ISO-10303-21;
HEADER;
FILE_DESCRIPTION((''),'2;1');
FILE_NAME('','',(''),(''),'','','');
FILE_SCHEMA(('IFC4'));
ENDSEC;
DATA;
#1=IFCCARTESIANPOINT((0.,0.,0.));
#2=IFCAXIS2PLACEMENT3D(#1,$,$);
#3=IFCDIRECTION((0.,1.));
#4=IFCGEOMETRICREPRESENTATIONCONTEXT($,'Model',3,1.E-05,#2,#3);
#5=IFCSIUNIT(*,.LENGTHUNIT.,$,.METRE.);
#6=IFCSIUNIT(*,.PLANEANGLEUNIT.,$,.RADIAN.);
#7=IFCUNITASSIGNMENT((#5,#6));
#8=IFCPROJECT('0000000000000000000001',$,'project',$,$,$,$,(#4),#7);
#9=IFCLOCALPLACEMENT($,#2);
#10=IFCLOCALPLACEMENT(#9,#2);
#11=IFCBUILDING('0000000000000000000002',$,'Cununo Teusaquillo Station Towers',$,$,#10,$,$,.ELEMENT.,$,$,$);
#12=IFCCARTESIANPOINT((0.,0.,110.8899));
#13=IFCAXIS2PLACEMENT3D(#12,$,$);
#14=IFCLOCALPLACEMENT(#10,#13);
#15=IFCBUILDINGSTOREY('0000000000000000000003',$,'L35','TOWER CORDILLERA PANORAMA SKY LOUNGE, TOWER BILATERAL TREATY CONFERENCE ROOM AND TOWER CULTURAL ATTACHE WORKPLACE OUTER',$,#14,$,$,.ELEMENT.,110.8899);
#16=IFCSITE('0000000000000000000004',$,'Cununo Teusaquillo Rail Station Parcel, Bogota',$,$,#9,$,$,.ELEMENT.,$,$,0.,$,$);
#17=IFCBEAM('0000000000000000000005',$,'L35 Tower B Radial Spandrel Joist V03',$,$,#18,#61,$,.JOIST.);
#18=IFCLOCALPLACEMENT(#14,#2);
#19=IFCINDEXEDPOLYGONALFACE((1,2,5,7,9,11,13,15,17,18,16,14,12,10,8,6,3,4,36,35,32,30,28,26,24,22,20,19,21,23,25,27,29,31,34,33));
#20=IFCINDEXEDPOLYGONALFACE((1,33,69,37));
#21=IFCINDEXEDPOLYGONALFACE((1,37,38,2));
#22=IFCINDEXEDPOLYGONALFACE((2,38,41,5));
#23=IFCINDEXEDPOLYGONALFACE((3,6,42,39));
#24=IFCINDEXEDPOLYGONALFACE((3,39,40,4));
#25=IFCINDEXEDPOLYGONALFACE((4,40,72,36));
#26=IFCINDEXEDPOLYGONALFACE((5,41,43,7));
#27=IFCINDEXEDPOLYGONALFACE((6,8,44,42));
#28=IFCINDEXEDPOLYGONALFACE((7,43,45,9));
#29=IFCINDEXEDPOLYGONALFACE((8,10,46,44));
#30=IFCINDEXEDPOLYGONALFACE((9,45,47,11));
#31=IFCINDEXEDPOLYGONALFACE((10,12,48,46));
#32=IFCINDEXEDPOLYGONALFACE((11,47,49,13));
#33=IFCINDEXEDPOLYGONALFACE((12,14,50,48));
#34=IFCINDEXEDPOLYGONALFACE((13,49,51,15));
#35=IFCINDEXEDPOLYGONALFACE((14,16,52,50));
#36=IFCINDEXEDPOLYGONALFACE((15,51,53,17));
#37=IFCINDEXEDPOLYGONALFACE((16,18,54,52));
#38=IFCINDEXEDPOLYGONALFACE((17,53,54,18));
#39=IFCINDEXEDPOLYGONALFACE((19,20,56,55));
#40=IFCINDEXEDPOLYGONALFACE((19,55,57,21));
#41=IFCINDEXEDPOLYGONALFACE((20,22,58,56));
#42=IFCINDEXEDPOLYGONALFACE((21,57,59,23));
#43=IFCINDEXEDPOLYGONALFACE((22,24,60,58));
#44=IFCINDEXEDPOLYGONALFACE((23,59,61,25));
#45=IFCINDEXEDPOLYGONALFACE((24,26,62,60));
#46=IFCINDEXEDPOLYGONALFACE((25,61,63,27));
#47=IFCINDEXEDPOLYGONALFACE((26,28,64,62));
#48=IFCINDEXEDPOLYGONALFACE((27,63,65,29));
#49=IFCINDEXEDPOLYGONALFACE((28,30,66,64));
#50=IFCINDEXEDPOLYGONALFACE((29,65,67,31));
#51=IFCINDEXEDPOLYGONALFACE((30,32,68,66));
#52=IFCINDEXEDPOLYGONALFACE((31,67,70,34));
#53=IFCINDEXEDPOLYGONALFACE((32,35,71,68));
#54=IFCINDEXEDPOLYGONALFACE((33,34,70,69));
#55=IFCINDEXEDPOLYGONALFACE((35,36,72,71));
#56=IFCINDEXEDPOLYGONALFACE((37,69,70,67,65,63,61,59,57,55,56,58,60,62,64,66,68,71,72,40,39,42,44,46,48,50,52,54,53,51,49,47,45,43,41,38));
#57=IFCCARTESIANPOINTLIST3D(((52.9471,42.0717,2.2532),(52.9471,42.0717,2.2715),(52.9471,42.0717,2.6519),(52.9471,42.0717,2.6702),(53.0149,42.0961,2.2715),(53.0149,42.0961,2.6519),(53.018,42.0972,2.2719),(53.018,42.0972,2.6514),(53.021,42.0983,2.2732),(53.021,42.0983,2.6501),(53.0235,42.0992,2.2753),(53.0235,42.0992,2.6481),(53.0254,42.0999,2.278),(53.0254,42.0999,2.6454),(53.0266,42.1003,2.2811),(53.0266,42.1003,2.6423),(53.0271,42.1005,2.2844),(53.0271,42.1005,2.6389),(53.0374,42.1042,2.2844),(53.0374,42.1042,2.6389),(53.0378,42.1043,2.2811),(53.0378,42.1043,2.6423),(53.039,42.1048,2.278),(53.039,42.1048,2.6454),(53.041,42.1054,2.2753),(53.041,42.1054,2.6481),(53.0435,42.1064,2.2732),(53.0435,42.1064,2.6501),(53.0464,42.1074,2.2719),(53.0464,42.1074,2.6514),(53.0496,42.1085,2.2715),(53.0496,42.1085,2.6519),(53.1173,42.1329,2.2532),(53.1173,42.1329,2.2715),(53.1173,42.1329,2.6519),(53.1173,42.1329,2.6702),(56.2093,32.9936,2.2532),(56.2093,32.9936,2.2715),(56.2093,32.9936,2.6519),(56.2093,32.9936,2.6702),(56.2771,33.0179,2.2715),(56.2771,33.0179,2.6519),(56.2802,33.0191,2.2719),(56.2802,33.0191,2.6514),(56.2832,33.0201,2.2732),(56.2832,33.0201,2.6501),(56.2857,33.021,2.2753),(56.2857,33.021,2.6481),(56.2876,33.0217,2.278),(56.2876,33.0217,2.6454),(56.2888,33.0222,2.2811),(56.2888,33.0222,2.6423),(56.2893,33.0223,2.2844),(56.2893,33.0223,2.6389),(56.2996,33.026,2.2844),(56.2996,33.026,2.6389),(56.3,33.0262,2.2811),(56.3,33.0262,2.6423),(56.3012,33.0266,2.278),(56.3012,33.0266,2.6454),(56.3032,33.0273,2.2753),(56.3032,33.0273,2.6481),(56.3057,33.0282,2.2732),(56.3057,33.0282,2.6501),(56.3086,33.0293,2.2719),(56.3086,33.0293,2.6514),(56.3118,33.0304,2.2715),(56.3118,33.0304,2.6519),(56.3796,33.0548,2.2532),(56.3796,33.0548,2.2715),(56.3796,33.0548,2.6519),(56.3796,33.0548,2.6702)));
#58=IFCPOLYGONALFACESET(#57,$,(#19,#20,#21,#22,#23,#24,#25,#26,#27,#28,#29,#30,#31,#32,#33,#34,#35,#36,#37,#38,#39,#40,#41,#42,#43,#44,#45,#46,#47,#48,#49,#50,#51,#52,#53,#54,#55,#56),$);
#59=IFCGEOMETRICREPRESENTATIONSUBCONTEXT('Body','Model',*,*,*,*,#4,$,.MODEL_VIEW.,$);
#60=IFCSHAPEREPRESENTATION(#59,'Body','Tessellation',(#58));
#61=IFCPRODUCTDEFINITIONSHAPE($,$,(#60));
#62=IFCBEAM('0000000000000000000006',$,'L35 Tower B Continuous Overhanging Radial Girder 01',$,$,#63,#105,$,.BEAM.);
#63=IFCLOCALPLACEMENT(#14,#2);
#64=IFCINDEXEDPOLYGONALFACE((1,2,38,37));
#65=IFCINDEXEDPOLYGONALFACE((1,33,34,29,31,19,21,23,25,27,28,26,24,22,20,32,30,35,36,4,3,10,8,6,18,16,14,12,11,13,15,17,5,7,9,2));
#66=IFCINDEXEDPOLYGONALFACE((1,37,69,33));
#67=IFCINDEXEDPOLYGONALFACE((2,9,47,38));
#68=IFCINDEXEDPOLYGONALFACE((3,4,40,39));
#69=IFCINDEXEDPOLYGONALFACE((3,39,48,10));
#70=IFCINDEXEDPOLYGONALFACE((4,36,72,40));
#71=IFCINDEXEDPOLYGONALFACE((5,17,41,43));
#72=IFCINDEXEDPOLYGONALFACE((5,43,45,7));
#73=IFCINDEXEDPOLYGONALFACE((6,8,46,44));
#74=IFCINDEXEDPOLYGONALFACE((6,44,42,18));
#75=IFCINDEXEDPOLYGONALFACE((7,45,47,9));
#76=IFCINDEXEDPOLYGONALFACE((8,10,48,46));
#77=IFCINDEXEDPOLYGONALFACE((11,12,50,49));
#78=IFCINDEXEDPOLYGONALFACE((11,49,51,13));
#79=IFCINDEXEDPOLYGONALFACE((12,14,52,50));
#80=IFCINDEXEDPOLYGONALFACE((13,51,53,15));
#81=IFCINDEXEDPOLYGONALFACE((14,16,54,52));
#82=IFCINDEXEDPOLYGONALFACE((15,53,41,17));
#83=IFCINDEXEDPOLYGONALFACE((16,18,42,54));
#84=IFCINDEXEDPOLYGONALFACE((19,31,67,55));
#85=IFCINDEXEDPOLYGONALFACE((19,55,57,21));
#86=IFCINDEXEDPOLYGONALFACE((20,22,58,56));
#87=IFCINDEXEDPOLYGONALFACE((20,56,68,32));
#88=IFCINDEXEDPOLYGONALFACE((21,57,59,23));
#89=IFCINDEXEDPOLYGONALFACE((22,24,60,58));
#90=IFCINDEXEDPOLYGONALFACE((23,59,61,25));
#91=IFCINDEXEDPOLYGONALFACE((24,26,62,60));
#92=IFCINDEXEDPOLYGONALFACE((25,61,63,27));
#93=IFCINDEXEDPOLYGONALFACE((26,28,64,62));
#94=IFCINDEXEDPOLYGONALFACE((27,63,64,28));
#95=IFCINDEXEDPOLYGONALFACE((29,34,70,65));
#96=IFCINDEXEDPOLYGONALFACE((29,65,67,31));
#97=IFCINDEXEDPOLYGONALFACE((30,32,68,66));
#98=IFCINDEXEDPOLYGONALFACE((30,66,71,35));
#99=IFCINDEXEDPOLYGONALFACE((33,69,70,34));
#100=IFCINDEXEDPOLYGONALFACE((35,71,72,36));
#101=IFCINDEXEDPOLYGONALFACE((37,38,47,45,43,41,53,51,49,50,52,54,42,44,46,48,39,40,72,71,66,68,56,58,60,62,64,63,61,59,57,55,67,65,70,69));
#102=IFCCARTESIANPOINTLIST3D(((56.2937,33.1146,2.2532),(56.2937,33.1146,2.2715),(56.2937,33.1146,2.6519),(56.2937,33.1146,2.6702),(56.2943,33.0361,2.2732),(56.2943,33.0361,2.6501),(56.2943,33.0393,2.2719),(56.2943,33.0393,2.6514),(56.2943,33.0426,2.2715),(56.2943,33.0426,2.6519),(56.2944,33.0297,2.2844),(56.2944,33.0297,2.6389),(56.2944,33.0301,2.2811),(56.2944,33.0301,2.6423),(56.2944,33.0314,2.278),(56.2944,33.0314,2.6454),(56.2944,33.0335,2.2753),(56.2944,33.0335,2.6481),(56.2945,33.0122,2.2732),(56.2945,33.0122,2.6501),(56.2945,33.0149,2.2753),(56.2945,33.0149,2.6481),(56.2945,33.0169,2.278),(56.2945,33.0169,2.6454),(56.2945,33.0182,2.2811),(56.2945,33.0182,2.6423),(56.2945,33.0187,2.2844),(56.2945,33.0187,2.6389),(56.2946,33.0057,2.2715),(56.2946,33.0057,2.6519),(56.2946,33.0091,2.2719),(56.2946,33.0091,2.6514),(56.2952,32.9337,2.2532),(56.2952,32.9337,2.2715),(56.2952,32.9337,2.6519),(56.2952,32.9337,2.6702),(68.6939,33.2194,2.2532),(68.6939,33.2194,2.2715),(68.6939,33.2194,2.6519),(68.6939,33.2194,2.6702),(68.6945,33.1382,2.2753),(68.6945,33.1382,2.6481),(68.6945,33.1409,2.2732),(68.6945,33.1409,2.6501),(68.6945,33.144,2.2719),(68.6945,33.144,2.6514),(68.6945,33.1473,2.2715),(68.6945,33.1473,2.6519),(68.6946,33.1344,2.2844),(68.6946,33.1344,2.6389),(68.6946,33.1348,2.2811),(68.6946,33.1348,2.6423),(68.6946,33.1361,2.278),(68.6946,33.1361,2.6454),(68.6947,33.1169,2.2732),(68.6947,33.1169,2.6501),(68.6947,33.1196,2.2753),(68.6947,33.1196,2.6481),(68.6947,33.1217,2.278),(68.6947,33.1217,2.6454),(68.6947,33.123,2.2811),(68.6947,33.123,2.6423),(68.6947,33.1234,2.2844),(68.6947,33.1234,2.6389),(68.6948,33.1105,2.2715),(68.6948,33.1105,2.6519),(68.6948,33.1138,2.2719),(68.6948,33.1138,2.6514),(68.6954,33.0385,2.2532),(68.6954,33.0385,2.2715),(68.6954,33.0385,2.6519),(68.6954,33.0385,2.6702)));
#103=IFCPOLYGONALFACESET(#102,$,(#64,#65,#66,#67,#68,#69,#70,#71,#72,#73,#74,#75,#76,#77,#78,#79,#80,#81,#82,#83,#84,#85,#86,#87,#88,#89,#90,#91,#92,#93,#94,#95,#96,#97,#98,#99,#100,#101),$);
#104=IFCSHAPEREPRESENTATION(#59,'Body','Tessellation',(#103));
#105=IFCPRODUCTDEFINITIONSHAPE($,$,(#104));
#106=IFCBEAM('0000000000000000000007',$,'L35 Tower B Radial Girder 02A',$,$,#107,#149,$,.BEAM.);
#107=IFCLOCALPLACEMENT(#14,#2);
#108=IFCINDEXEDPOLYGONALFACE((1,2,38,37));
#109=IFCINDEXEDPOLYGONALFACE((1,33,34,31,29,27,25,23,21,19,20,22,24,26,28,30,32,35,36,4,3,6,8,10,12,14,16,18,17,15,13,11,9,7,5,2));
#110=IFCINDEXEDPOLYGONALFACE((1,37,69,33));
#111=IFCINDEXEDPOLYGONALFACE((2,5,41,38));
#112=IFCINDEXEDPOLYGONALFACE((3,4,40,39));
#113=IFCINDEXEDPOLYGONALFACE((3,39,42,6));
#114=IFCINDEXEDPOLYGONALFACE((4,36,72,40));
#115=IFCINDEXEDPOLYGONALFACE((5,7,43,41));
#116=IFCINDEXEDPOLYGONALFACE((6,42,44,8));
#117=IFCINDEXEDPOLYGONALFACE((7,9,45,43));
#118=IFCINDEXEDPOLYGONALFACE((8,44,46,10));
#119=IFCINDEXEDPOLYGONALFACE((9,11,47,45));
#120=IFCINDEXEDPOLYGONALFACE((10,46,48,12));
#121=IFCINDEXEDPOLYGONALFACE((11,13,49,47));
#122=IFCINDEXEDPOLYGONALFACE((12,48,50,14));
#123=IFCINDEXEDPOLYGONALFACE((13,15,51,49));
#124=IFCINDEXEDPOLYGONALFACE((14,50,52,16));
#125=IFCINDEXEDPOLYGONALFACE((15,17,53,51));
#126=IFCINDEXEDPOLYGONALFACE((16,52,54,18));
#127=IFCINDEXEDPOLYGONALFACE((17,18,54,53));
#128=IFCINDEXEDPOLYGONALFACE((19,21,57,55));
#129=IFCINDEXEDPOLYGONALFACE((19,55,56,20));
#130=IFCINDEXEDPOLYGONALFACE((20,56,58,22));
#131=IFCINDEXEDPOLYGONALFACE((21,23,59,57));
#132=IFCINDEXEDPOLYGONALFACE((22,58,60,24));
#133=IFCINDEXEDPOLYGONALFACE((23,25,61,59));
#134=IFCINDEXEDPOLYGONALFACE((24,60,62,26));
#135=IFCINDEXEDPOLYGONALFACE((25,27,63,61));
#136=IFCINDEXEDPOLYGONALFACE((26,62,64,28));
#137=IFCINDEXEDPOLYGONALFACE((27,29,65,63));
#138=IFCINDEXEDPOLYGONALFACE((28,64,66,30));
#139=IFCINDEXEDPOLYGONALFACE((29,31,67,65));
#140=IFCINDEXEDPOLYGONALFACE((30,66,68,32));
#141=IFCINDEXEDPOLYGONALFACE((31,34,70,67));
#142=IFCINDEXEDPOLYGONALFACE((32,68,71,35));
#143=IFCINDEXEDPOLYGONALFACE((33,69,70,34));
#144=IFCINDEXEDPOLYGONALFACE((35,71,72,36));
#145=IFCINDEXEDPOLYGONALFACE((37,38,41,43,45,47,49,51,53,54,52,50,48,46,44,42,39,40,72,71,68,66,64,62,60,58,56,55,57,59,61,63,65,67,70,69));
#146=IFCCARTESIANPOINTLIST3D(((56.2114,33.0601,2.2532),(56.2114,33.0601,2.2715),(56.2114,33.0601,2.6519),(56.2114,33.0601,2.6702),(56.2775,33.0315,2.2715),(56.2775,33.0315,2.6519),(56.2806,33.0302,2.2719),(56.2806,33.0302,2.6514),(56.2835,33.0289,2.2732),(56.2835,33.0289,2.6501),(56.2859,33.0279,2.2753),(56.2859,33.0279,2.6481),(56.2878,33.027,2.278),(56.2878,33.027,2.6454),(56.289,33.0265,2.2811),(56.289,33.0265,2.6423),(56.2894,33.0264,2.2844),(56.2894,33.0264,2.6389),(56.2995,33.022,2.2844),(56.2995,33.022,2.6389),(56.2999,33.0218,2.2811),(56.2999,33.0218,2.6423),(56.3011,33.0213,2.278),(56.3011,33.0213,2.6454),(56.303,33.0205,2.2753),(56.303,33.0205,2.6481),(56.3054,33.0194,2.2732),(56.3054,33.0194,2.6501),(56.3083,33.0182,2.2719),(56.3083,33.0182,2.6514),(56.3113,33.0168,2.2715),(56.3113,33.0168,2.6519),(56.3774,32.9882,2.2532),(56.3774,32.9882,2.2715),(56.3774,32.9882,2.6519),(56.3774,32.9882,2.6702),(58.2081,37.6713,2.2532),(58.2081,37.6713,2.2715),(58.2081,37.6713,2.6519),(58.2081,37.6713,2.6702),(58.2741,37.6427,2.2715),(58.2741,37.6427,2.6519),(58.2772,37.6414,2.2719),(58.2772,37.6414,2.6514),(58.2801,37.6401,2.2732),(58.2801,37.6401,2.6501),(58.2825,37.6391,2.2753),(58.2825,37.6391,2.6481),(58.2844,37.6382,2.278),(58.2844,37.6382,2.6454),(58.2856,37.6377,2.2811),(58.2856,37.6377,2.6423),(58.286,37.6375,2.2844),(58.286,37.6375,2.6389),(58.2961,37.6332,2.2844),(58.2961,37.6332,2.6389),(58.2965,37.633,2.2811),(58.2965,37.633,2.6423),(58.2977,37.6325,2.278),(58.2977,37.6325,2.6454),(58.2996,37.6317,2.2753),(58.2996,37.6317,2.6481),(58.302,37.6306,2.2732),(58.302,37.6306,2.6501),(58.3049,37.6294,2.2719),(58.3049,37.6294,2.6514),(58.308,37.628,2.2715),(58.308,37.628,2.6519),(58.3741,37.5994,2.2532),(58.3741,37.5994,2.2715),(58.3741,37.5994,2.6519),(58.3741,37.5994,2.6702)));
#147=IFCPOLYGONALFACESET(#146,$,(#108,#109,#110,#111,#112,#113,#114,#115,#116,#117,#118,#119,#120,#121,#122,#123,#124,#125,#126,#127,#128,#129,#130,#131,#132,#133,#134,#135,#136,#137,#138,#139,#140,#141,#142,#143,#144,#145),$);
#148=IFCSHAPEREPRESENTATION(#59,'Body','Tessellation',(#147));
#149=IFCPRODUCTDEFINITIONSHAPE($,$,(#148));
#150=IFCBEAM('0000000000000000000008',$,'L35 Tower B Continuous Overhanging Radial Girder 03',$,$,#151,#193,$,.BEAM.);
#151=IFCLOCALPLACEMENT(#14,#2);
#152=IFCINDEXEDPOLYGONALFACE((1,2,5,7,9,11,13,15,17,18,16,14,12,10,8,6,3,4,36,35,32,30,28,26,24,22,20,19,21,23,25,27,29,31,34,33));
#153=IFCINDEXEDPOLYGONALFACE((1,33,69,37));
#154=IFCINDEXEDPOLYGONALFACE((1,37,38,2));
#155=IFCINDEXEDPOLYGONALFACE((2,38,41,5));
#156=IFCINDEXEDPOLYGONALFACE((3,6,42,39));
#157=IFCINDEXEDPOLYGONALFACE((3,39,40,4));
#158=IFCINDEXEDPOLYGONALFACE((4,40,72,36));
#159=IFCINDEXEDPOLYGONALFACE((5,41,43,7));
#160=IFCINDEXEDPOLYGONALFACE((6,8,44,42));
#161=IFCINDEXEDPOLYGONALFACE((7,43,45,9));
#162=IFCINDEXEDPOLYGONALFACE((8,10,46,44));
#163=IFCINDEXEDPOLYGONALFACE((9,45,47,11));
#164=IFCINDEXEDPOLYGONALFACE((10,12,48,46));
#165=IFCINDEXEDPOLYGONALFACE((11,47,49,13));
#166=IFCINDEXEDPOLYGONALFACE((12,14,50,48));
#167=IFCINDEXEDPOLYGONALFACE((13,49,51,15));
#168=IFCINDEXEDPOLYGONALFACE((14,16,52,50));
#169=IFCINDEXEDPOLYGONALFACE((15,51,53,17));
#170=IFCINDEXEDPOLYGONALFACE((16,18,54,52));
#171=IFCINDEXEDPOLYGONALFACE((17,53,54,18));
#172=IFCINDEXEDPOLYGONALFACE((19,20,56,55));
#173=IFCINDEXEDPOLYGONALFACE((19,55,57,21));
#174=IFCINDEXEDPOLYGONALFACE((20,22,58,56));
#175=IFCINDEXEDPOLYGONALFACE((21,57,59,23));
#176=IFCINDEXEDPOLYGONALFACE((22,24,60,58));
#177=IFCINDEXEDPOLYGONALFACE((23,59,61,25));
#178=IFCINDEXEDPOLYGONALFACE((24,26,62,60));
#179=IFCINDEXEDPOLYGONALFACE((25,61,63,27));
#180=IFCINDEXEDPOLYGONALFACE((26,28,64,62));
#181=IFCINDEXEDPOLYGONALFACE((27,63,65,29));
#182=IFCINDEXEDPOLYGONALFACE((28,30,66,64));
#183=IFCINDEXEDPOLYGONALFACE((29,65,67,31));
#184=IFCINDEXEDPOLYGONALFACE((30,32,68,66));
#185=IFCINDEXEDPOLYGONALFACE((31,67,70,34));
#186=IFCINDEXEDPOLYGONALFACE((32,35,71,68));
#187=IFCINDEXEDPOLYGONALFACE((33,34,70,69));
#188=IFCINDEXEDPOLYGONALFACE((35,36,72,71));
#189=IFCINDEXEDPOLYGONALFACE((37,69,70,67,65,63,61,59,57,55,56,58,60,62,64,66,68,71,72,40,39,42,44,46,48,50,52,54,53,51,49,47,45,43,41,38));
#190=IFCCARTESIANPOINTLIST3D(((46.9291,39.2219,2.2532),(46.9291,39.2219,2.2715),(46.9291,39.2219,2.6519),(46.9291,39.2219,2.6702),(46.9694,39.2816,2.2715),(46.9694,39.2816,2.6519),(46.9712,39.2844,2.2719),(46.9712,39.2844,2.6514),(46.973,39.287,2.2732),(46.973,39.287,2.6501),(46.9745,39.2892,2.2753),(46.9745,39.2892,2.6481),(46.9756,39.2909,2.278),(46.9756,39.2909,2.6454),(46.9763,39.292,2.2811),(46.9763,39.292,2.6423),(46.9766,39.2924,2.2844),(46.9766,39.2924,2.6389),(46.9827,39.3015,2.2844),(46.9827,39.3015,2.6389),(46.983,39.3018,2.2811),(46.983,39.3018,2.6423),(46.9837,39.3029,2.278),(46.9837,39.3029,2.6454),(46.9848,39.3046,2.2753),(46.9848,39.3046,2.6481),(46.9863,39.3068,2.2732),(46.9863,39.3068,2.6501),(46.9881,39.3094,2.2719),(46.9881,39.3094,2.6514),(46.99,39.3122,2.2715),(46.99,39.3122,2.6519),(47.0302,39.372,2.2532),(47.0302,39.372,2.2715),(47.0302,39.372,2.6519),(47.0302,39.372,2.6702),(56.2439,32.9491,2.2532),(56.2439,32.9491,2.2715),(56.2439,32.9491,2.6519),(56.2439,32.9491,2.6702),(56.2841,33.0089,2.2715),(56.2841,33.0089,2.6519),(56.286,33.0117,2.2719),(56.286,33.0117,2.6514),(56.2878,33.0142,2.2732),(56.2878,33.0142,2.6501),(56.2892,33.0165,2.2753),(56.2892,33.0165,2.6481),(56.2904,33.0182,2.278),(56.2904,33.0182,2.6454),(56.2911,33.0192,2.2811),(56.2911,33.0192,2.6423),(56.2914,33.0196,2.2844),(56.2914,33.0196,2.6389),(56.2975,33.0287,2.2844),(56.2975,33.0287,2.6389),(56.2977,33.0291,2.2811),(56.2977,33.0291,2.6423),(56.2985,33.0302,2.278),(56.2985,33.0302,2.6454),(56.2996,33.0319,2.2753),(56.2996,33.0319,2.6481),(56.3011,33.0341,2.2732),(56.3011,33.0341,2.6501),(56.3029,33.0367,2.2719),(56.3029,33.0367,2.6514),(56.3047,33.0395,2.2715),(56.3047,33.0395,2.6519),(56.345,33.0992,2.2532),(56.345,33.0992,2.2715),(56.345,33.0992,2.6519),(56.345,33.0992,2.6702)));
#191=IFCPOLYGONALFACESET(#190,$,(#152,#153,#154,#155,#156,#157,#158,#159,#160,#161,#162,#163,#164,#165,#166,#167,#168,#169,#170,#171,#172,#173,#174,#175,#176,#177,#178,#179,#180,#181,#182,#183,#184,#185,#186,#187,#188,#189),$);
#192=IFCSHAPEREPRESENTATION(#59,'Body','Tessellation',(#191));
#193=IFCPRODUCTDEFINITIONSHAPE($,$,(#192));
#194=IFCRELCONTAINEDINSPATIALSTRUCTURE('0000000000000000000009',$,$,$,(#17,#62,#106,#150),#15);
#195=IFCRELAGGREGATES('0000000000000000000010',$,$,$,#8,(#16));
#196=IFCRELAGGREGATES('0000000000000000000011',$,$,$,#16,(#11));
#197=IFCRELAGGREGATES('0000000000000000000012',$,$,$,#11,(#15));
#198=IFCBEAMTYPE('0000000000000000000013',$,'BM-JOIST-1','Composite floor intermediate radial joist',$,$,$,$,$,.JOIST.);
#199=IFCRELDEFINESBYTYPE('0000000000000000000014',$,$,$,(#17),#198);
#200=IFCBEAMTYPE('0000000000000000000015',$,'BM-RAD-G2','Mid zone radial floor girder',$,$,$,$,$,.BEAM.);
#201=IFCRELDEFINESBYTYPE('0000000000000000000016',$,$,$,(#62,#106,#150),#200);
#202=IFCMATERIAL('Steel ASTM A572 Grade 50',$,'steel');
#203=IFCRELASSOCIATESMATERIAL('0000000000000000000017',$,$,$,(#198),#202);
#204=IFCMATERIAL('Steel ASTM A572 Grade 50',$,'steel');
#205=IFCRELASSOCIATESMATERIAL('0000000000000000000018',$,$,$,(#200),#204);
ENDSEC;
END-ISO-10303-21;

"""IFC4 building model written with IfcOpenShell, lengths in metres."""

from ifc_helpers import new_model, si_unit, direction, frame, origin, origin_2d, place, context, subcontext, project, spatial, i_section, extrude, material, material_profile, profile_set, type_object, element, save


model = new_model("IFC4")

# Units and contexts
model_context = context("Model", 3, precision=1e-05, world=origin(), true_north=direction((0.0, 1.0)))
body_context = subcontext(model_context, "Body", "Model", "MODEL_VIEW")
ifc_project = project(units=[si_unit("LENGTHUNIT", "METRE"), si_unit("PLANEANGLEUNIT", "RADIAN")], contexts=[model_context])

# Site, building, storey
site_placement = place(None, origin())
site = spatial("IfcSite", under=ifc_project, at=site_placement, Name="Cununo Teusaquillo Rail Station Parcel, Bogota", CompositionType="ELEMENT", RefElevation=0.0)
building_placement = place(site_placement, origin())
building = spatial("IfcBuilding", under=site, at=building_placement, Name="Cununo Teusaquillo Station Towers", CompositionType="ELEMENT")
storey_placement = place(building_placement, frame((0.0, 0.0, 110.8899)))
storey = spatial("IfcBuildingStorey", under=building, at=storey_placement, Name="L35", Description="TOWER CORDILLERA PANORAMA SKY LOUNGE, TOWER BILATERAL TREATY CONFERENCE ROOM AND TOWER CULTURAL ATTACHE WORKPLACE OUTER", CompositionType="ELEMENT", Elevation=110.8899)

# Beams
ifc_material_1 = material(Name="Steel ASTM A572 Grade 50", Category="steel")
ifc_material_profile_1 = material_profile(ifc_material_1, i_section(OverallWidth=0.1809, OverallDepth=0.417, WebThickness=0.011, FlangeThickness=0.0183, FilletRadius=0.0129, at=origin_2d()), Name="W16X57")
ifc_profile_set_1 = profile_set([ifc_material_profile_1], Name="Steel ASTM A572 Grade 50")
beam_type_1 = type_object("IfcBeamType", Name="BM-JOIST-1", Description="Composite floor intermediate radial joist", PredefinedType="JOIST", material=ifc_profile_set_1)
beam_1_placement = place(storey_placement, frame((56.2944, 33.0242, 2.4617), z_axis=(-0.338176, 0.941083, 0.0), x_axis=(-0.941083, -0.338176, 0.0)))
element("IfcBeam", 1, at=beam_1_placement, inside=storey, type_object=beam_type_1, Name="L35 Tower B Radial Spandrel Joist V03", PredefinedType="JOIST", context=body_context, shape_type="SweptSolid", body=[
    extrude(i_section(OverallWidth=0.1809, OverallDepth=0.417, WebThickness=0.011, FlangeThickness=0.0183, FilletRadius=0.0129, at=origin_2d()), origin(), (0.0, 0.0, 1.0), 9.6465),
])
ifc_material_2 = material(Name="Steel ASTM A572 Grade 50", Category="steel")
ifc_material_profile_2 = material_profile(ifc_material_2, i_section(OverallWidth=0.1809, OverallDepth=0.417, WebThickness=0.011, FlangeThickness=0.0183, FilletRadius=0.0129, at=origin_2d()), Name="W16X57")
ifc_profile_set_2 = profile_set([ifc_material_profile_2], Name="Steel ASTM A572 Grade 50")
beam_type_2 = type_object("IfcBeamType", Name="BM-RAD-G2", Description="Mid zone radial floor girder", PredefinedType="BEAM", material=ifc_profile_set_2)
beam_2_placement = place(storey_placement, frame((56.2944, 33.0242, 2.4617), z_axis=(0.999964, 0.008446, 0.0), x_axis=(-0.008446, 0.999964, 0.0)))
element("IfcBeam", 2, at=beam_2_placement, inside=storey, type_object=beam_type_2, Name="L35 Tower B Continuous Overhanging Radial Girder 01", PredefinedType="BEAM", context=body_context, shape_type="SweptSolid", body=[
    extrude(i_section(OverallWidth=0.1809, OverallDepth=0.417, WebThickness=0.011, FlangeThickness=0.0183, FilletRadius=0.0129, at=origin_2d()), origin(), (0.0, 0.0, 1.0), 12.4006),
])
beam_3_placement = place(storey_placement, frame((56.2944, 33.0242, 2.4617), z_axis=(0.397347, 0.917668, 0.0), x_axis=(-0.917668, 0.397347, 0.0)))
element("IfcBeam", 3, at=beam_3_placement, inside=storey, type_object=beam_type_2, Name="L35 Tower B Radial Girder 02A", PredefinedType="BEAM", context=body_context, shape_type="SweptSolid", body=[
    extrude(i_section(OverallWidth=0.1809, OverallDepth=0.417, WebThickness=0.011, FlangeThickness=0.0183, FilletRadius=0.0129, at=origin_2d()), origin(), (0.0, 0.0, 1.0), 5.0249),
])
beam_4_placement = place(storey_placement, frame((56.2944, 33.0242, 2.4617), z_axis=(-0.829456, 0.558572, 0.0), x_axis=(-0.558572, -0.829456, 0.0)))
element("IfcBeam", 4, at=beam_4_placement, inside=storey, type_object=beam_type_2, Name="L35 Tower B Continuous Overhanging Radial Girder 03", PredefinedType="BEAM", context=body_context, shape_type="SweptSolid", body=[
    extrude(i_section(OverallWidth=0.1809, OverallDepth=0.417, WebThickness=0.011, FlangeThickness=0.0183, FilletRadius=0.0129, at=origin_2d()), origin(), (0.0, 0.0, 1.0), 11.23),
])

save(model, "model.ifc")
